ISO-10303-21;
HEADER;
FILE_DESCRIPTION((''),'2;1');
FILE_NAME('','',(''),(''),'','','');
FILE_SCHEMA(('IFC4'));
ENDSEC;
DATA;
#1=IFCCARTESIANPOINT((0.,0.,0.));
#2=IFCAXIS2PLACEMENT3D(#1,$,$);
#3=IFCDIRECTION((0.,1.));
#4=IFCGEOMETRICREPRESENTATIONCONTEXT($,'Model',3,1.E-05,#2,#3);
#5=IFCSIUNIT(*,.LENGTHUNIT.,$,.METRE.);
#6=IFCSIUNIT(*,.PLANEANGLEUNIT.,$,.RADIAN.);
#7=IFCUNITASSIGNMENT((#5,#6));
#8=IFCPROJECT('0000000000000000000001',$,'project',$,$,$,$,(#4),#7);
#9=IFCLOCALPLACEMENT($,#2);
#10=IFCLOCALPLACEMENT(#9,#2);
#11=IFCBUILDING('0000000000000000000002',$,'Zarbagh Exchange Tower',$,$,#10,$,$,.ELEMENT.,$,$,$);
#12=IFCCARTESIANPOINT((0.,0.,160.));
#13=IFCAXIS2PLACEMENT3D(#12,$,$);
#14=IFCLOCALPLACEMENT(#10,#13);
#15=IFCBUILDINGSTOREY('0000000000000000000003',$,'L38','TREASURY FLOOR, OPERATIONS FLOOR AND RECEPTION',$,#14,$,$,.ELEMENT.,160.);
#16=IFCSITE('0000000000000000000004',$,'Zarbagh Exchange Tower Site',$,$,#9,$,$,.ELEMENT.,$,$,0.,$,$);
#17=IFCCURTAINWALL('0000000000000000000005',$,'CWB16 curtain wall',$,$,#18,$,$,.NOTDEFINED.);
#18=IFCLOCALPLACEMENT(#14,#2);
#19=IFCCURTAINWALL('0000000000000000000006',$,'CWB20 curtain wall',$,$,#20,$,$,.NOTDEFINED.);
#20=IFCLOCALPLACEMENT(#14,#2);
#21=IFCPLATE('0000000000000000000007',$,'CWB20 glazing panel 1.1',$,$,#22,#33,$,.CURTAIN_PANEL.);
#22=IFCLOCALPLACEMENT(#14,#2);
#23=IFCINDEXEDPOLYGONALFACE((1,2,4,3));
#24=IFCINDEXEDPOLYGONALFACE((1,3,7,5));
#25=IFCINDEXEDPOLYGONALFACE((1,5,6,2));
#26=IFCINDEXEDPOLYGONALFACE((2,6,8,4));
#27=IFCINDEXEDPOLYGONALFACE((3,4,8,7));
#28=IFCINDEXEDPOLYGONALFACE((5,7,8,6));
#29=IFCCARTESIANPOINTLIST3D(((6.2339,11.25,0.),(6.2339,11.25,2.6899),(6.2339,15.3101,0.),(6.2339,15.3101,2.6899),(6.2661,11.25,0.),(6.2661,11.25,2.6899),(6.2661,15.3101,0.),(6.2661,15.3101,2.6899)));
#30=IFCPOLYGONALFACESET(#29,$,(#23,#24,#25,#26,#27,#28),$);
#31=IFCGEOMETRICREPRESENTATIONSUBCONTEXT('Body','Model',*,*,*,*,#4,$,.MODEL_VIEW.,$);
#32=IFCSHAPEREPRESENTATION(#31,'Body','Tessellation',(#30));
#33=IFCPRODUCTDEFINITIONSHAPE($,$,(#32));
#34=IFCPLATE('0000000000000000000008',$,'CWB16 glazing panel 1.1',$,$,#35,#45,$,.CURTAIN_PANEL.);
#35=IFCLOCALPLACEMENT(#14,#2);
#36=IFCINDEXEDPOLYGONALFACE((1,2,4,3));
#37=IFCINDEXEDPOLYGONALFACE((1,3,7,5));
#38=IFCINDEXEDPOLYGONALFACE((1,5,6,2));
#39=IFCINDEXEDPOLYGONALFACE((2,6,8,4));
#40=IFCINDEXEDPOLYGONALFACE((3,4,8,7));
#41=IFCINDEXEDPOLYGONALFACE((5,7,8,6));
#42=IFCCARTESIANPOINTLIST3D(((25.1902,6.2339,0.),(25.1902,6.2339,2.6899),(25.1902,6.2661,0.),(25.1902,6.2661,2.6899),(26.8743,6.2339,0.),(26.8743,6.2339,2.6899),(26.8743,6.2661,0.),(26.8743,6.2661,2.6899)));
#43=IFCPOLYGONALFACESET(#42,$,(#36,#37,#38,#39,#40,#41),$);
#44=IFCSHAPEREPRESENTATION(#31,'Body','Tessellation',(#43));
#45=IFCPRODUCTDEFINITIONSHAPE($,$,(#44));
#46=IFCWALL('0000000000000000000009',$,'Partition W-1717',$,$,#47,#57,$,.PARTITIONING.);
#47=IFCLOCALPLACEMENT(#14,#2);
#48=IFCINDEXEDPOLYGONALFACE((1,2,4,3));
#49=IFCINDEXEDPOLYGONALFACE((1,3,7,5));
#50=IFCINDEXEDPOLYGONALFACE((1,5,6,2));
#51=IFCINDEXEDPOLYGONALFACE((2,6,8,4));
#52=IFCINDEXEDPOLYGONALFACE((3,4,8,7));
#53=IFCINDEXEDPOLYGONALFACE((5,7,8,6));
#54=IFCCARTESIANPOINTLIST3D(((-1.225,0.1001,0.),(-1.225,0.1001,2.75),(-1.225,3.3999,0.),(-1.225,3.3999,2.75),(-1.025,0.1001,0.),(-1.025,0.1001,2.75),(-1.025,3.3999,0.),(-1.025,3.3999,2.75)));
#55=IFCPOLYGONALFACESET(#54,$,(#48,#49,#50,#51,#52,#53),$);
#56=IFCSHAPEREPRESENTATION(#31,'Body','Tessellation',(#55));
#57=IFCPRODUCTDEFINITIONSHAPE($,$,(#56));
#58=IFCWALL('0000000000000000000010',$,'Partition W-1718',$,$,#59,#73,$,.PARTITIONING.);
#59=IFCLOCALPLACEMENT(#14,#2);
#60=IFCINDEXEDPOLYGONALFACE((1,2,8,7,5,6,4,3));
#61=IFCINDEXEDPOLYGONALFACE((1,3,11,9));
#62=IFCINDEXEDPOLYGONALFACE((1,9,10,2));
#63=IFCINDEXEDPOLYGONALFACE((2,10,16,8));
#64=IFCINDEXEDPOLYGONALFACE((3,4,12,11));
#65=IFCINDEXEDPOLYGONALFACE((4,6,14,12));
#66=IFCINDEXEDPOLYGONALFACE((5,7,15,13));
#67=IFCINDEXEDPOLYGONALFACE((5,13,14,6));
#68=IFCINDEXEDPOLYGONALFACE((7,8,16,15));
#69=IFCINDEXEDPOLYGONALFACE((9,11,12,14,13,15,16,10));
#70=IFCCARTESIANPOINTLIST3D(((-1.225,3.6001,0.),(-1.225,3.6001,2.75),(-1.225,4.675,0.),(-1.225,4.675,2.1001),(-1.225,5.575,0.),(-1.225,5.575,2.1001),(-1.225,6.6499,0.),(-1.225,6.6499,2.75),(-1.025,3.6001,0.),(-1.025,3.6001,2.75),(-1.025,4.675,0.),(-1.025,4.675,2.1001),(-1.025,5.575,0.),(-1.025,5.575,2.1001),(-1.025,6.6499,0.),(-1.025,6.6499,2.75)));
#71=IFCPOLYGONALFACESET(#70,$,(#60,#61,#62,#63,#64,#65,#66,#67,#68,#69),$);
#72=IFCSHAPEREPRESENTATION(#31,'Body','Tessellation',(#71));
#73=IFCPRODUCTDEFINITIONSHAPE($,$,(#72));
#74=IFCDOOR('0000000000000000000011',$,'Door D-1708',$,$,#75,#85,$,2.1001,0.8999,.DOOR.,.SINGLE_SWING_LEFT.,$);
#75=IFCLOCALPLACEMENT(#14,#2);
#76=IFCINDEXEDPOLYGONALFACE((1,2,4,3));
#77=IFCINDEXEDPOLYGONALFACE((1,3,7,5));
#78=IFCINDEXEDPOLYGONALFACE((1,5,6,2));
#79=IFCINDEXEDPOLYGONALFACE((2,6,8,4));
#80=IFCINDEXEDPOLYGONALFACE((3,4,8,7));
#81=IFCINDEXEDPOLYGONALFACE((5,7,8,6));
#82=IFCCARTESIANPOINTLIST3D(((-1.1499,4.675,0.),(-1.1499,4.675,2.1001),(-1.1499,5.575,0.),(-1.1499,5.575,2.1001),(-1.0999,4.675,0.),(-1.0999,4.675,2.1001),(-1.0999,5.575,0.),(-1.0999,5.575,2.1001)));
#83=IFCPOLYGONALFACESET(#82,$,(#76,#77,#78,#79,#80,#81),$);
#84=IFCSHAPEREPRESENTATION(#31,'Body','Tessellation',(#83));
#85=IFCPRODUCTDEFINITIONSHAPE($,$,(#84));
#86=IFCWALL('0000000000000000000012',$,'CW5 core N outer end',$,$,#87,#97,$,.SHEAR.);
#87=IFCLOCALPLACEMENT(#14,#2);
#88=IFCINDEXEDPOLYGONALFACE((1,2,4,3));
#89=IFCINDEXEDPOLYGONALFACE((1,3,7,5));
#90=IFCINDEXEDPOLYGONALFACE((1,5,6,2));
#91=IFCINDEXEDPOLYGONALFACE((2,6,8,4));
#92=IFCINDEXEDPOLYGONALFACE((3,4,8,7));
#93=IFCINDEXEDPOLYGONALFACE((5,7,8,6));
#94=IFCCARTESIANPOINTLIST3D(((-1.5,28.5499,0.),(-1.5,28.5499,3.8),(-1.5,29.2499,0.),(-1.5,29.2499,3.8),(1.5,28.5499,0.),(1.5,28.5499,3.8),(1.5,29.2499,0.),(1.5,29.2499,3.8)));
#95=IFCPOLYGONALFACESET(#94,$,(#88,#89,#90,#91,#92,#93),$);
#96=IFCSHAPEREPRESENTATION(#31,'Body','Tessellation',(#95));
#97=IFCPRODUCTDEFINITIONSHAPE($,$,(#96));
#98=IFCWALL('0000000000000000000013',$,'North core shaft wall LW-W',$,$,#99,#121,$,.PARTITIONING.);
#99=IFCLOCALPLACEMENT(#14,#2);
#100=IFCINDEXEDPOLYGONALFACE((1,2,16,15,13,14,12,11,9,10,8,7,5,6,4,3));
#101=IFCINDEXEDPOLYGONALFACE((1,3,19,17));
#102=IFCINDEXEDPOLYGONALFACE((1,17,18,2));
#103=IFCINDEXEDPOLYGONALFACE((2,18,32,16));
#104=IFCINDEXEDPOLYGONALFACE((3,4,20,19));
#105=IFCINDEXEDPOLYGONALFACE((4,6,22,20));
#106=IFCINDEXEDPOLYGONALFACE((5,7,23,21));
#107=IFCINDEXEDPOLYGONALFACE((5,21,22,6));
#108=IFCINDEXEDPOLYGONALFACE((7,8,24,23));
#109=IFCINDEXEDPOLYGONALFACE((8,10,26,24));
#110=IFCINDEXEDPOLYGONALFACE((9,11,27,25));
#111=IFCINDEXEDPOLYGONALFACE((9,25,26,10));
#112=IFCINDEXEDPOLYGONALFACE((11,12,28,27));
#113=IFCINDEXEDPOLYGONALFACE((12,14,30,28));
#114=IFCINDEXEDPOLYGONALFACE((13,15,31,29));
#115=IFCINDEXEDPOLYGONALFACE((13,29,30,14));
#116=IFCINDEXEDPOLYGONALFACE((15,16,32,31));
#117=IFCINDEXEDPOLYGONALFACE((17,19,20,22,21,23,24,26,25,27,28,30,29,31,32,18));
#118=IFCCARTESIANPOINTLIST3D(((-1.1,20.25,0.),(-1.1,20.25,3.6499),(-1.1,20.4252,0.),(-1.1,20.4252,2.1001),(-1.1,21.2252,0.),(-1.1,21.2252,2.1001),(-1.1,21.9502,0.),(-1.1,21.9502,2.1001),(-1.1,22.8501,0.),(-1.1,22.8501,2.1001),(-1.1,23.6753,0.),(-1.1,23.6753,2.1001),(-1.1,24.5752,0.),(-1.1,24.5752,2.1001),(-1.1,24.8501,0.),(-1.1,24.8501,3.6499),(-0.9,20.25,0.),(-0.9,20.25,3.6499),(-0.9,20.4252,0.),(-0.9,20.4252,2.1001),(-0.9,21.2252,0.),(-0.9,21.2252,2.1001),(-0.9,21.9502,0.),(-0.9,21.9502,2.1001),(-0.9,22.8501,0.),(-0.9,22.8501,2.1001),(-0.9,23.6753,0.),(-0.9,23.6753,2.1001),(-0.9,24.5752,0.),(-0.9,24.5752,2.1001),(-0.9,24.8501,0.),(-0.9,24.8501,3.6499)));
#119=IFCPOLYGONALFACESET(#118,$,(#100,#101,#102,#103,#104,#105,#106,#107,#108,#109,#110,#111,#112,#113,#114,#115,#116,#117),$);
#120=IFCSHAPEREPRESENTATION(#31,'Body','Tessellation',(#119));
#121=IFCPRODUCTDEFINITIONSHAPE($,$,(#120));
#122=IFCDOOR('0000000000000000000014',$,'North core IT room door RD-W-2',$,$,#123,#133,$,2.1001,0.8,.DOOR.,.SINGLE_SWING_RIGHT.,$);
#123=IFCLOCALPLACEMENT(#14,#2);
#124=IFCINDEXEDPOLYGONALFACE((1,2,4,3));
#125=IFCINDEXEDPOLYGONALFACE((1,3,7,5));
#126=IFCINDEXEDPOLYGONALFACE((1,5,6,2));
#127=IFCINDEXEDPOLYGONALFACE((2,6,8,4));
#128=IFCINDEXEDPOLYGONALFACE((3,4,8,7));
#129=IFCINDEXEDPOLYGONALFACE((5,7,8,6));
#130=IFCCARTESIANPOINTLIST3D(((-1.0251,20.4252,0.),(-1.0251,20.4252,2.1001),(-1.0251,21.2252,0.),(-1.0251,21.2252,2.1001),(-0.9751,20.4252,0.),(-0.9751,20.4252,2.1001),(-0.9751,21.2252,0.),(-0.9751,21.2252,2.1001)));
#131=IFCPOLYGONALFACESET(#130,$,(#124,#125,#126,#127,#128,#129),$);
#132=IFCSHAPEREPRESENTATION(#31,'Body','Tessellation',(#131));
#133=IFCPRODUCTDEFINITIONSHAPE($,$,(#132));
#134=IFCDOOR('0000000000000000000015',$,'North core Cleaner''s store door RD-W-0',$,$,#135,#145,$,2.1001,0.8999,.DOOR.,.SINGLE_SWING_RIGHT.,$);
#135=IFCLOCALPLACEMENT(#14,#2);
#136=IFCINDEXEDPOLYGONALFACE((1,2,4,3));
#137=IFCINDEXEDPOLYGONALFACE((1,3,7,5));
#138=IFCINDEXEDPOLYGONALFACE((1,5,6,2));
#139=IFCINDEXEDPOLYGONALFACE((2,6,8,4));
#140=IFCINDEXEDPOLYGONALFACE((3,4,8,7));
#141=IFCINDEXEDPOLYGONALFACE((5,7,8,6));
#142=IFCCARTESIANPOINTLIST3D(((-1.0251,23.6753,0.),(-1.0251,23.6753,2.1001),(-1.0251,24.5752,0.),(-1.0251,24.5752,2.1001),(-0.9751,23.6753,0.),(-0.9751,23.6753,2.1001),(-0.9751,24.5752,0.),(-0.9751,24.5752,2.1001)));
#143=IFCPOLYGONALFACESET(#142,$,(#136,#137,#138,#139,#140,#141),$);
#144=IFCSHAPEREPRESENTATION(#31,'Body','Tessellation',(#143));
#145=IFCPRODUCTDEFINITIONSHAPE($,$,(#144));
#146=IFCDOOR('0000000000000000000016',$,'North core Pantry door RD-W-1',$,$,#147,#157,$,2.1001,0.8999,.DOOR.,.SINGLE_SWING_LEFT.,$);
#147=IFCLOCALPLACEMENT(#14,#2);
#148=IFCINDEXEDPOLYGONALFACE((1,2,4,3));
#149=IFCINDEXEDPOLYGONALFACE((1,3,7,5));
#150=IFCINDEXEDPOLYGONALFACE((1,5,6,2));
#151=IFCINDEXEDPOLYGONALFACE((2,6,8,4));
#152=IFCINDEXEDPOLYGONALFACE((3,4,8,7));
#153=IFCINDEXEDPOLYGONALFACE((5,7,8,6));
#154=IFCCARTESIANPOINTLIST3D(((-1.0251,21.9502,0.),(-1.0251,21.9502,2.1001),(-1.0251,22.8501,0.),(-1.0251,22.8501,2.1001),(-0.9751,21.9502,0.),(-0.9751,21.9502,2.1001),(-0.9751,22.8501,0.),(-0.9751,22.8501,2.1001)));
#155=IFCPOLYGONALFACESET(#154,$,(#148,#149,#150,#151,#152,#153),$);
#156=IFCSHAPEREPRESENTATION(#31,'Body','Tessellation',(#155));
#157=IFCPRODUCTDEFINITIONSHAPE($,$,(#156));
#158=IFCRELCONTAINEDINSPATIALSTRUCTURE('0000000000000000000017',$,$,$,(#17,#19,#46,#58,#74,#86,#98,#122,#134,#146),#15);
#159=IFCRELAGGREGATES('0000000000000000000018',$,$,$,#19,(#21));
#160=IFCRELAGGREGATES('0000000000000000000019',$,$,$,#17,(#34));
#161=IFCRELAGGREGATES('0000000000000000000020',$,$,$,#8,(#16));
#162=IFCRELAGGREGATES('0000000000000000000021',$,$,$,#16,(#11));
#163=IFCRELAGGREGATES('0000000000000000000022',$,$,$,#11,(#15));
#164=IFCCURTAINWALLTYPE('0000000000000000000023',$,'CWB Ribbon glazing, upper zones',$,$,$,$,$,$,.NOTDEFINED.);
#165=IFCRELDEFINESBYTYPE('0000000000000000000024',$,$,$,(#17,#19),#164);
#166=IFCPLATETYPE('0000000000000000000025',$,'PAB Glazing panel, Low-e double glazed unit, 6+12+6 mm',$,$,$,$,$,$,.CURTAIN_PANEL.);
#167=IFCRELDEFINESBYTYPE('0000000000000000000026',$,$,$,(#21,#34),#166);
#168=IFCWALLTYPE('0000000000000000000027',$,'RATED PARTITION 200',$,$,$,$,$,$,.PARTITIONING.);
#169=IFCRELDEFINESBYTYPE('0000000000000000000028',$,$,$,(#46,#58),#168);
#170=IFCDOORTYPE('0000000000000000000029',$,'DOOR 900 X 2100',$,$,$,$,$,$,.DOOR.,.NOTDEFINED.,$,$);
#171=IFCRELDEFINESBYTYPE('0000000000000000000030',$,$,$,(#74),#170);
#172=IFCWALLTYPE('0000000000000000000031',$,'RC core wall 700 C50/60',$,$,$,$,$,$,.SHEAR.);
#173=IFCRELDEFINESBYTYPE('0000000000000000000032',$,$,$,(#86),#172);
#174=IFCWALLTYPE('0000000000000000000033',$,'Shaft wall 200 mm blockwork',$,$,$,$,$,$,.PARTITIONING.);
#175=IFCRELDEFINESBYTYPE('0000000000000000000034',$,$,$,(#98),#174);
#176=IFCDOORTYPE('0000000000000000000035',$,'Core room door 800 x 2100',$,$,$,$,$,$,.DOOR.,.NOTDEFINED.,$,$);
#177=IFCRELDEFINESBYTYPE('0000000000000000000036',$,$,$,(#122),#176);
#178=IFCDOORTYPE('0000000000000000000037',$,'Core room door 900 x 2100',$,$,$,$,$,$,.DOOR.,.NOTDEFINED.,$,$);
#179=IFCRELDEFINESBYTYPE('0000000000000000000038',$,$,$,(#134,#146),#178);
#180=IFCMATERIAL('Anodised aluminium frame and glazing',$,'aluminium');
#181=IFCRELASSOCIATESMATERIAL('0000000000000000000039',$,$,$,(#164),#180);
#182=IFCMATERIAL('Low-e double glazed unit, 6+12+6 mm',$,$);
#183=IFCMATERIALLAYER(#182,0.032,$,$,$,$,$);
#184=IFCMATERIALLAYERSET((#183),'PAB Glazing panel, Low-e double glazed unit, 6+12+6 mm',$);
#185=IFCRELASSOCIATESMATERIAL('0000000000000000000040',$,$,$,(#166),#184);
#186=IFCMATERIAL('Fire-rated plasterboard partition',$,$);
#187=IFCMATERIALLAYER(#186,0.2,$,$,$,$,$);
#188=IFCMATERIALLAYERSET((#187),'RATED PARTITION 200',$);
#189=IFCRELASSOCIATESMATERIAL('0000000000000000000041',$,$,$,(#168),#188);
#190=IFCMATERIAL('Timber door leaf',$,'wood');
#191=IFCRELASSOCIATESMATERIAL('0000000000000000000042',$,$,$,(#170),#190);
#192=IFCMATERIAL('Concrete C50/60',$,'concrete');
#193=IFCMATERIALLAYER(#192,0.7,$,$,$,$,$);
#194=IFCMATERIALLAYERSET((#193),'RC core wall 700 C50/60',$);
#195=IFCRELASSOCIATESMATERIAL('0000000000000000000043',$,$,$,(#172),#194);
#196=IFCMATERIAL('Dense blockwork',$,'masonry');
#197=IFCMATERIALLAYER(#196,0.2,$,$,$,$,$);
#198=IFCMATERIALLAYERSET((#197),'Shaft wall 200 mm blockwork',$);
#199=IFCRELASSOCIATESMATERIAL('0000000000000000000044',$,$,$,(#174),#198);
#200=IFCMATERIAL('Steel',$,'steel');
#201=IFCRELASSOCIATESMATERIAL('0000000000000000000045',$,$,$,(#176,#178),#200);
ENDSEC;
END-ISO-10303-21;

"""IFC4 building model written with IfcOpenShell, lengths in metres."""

from ifc_helpers import new_model, si_unit, direction, frame, frame_2d, origin, place, context, subcontext, project, spatial, polyline, rectangle, outline, extrude, source, transform, mapped, material, layer, layer_set, type_object, element, fill, aggregate, save


model = new_model("IFC4")

# Units and contexts
model_context = context("Model", 3, precision=1e-05, world=origin(), true_north=direction((0.0, 1.0)))
body_context = subcontext(model_context, "Body", "Model", "MODEL_VIEW")
ifc_project = project(units=[si_unit("LENGTHUNIT", "METRE"), si_unit("PLANEANGLEUNIT", "RADIAN")], contexts=[model_context])

# Site, building, storey
site_placement = place(None, origin())
site = spatial("IfcSite", under=ifc_project, at=site_placement, Name="Zarbagh Exchange Tower Site", CompositionType="ELEMENT", RefElevation=0.0)
building_placement = place(site_placement, origin())
building = spatial("IfcBuilding", under=site, at=building_placement, Name="Zarbagh Exchange Tower", CompositionType="ELEMENT")
storey_placement = place(building_placement, frame((0.0, 0.0, 160.0)))
storey = spatial("IfcBuildingStorey", under=building, at=storey_placement, Name="L38", Description="TREASURY FLOOR, OPERATIONS FLOOR AND RECEPTION", CompositionType="ELEMENT", Elevation=160.0)

# Curtain wall
ifc_material_1 = material(Name="Anodised aluminium frame and glazing", Category="aluminium")
curtain_wall_type = type_object("IfcCurtainWallType", Name="CWB Ribbon glazing, upper zones", PredefinedType="NOTDEFINED", material=ifc_material_1)
curtain_wall_1_placement = place(storey_placement, origin())
curtain_wall_1 = element("IfcCurtainWall", 1, at=curtain_wall_1_placement, inside=storey, type_object=curtain_wall_type, Name="CWB16 curtain wall", PredefinedType="NOTDEFINED")
placement = place(storey_placement, origin())

# Curtain wall
curtain_wall_2_placement = place(storey_placement, origin())
curtain_wall_2 = element("IfcCurtainWall", 2, at=curtain_wall_2_placement, inside=storey, type_object=curtain_wall_type, Name="CWB20 curtain wall", PredefinedType="NOTDEFINED")

# Shared definitions
ifc_material_2 = material(Name="Low-e double glazed unit, 6+12+6 mm")
ifc_layer_1 = layer(ifc_material_2, 0.032)
ifc_layer_set_1 = layer_set([ifc_layer_1], Name="PAB Glazing panel, Low-e double glazed unit, 6+12+6 mm")
plate_type = type_object("IfcPlateType", Name="PAB Glazing panel, Low-e double glazed unit, 6+12+6 mm", PredefinedType="CURTAIN_PANEL", material=ifc_layer_set_1)

# Plates
shared_shape_1 = source(origin(), body_context, "Body", "SweptSolid", [
    extrude(outline(polyline([(0.0, -0.0161), (4.0601, -0.0161), (4.0601, 0.0161), (0.0, 0.0161), (0.0, -0.0161)])), origin(), (0.0, 0.0, 1.0), 2.6899),
])
plate_1 = element("IfcPlate", 3, at=placement, type_object=plate_type, Name="CWB20 glazing panel 1.1", PredefinedType="CURTAIN_PANEL", context=body_context, shape_type="MappedRepresentation", body=[
    mapped(shared_shape_1, transform((6.25, 11.25, 0.0), x_axis=(0.0, 1.0, 0.0), y_axis=(-1.0, 0.0, 0.0), z_axis=(0.0, 0.0, 1.0))),
])
aggregate(curtain_wall_2, [plate_1])
shared_shape_2 = source(origin(), body_context, "Body", "SweptSolid", [
    extrude(outline(polyline([(0.0, -0.0161), (1.6841, -0.0161), (1.6841, 0.0161), (0.0, 0.0161), (0.0, -0.0161)])), origin(), (0.0, 0.0, 1.0), 2.6899),
])
plate_2 = element("IfcPlate", 4, at=placement, type_object=plate_type, Name="CWB16 glazing panel 1.1", PredefinedType="CURTAIN_PANEL", context=body_context, shape_type="MappedRepresentation", body=[
    mapped(shared_shape_2, transform((26.8743, 6.25, 0.0), x_axis=(-1.0, 0.0, 0.0), y_axis=(0.0, -1.0, 0.0), z_axis=(0.0, 0.0, 1.0))),
])
aggregate(curtain_wall_1, [plate_2])

# Wall
ifc_material_3 = material(Name="Fire-rated plasterboard partition")
ifc_layer_2 = layer(ifc_material_3, 0.2)
ifc_layer_set_2 = layer_set([ifc_layer_2], Name="RATED PARTITION 200")
wall_type_1 = type_object("IfcWallType", Name="RATED PARTITION 200", PredefinedType="PARTITIONING", material=ifc_layer_set_2)
wall_1_placement = place(storey_placement, frame((-1.125, 0.1001, 0.0), z_axis=(0.0, 0.0, 1.0), x_axis=(0.0, 1.0, 0.0)))
element("IfcWall", 5, at=wall_1_placement, inside=storey, type_object=wall_type_1, Name="Partition W-1717", PredefinedType="PARTITIONING", context=body_context, shape_type="SweptSolid", body=[
    extrude(rectangle(XDim=3.2998, YDim=0.2, at=frame_2d((1.6499, 0.0))), origin(), (0.0, 0.0, 1.0), 2.75),
])

# Wall, opening, door
wall_2_placement = place(storey_placement, frame((-1.125, 3.6001, 0.0), z_axis=(0.0, 0.0, 1.0), x_axis=(0.0, 1.0, 0.0)))
wall_2 = element("IfcWall", 6, at=wall_2_placement, inside=storey, type_object=wall_type_1, Name="Partition W-1718", PredefinedType="PARTITIONING", context=body_context, shape_type="SweptSolid", body=[
    extrude(rectangle(XDim=3.0498, YDim=0.2, at=frame_2d((1.5249, 0.0))), origin(), (0.0, 0.0, 1.0), 2.75),
])
opening_1_placement = place(wall_2_placement, frame((1.075, 0.0, 0.0)))
opening_1 = element("IfcOpeningElement", 7, at=opening_1_placement, cuts=wall_2, PredefinedType="OPENING", context=body_context, shape_type="SweptSolid", body=[
    extrude(rectangle(XDim=0.8999, YDim=2.1001, at=frame_2d((0.45, 1.05))), frame((0.0, 0.1099, 0.0), z_axis=(0.0, -1.0, 0.0), x_axis=(1.0, 0.0, 0.0)), (0.0, 0.0, 1.0), 0.22),
])
ifc_material_4 = material(Name="Timber door leaf", Category="wood")
door_type_1 = type_object("IfcDoorType", Name="DOOR 900 X 2100", OperationType="NOTDEFINED", PredefinedType="DOOR", material=ifc_material_4)
door_1_placement = place(opening_1_placement, origin())
door_1 = element("IfcDoor", 8, at=door_1_placement, inside=storey, type_object=door_type_1, Name="Door D-1708", OperationType="SINGLE_SWING_LEFT", OverallHeight=2.1001, OverallWidth=0.8999, PredefinedType="DOOR", context=body_context, shape_type="SweptSolid", body=[
    extrude(rectangle(XDim=0.8999, YDim=2.1001, at=frame_2d((0.45, 1.05))), frame((0.0, 0.0249, 0.0), z_axis=(0.0, -1.0, 0.0), x_axis=(1.0, 0.0, 0.0)), (0.0, 0.0, 1.0), 0.05),
])
fill(opening_1, door_1)

# Wall
ifc_material_5 = material(Name="Concrete C50/60", Category="concrete")
ifc_layer_3 = layer(ifc_material_5, 0.7)
ifc_layer_set_3 = layer_set([ifc_layer_3], Name="RC core wall 700 C50/60")
wall_type_2 = type_object("IfcWallType", Name="RC core wall 700 C50/60", PredefinedType="SHEAR", material=ifc_layer_set_3)
wall_3_placement = place(storey_placement, frame((-1.5, 28.8999, 0.0), z_axis=(0.0, 0.0, 1.0), x_axis=(1.0, 0.0, 0.0)))
element("IfcWall", 9, at=wall_3_placement, inside=storey, type_object=wall_type_2, Name="CW5 core N outer end", PredefinedType="SHEAR", context=body_context, shape_type="SweptSolid", body=[
    extrude(rectangle(XDim=3.0, YDim=0.7, at=frame_2d((1.5, 0.0))), origin(), (0.0, 0.0, 1.0), 3.8),
])

# Wall, openings, doors
ifc_material_6 = material(Name="Dense blockwork", Category="masonry")
ifc_layer_4 = layer(ifc_material_6, 0.2)
ifc_layer_set_4 = layer_set([ifc_layer_4], Name="Shaft wall 200 mm blockwork")
wall_type_3 = type_object("IfcWallType", Name="Shaft wall 200 mm blockwork", PredefinedType="PARTITIONING", material=ifc_layer_set_4)
wall_4_placement = place(storey_placement, frame((-1.0, 24.8501, 0.0), z_axis=(0.0, 0.0, 1.0), x_axis=(0.0, -1.0, 0.0)))
wall_4 = element("IfcWall", 10, at=wall_4_placement, inside=storey, type_object=wall_type_3, Name="North core shaft wall LW-W", PredefinedType="PARTITIONING", context=body_context, shape_type="SweptSolid", body=[
    extrude(rectangle(XDim=4.6001, YDim=0.2, at=frame_2d((2.3, 0.0))), origin(), (0.0, 0.0, 1.0), 3.6499),
])
opening_2_placement = place(wall_4_placement, frame((0.2749, 0.0, 0.0)))
opening_2 = element("IfcOpeningElement", 11, at=opening_2_placement, cuts=wall_4, PredefinedType="OPENING", context=body_context, shape_type="SweptSolid", body=[
    extrude(rectangle(XDim=0.8999, YDim=2.1001, at=frame_2d((0.45, 1.05))), frame((0.0, 0.1099, 0.0), z_axis=(0.0, -1.0, 0.0), x_axis=(1.0, 0.0, 0.0)), (0.0, 0.0, 1.0), 0.22),
])
opening_3_placement = place(wall_4_placement, frame((2.0, 0.0, 0.0)))
opening_3 = element("IfcOpeningElement", 12, at=opening_3_placement, cuts=wall_4, PredefinedType="OPENING", context=body_context, shape_type="SweptSolid", body=[
    extrude(rectangle(XDim=0.8999, YDim=2.1001, at=frame_2d((0.45, 1.05))), frame((0.0, 0.1099, 0.0), z_axis=(0.0, -1.0, 0.0), x_axis=(1.0, 0.0, 0.0)), (0.0, 0.0, 1.0), 0.22),
])
opening_4_placement = place(wall_4_placement, frame((3.625, 0.0, 0.0)))
opening_4 = element("IfcOpeningElement", 13, at=opening_4_placement, cuts=wall_4, PredefinedType="OPENING", context=body_context, shape_type="SweptSolid", body=[
    extrude(rectangle(XDim=0.8, YDim=2.1001, at=frame_2d((0.3999, 1.05))), frame((0.0, 0.1099, 0.0), z_axis=(0.0, -1.0, 0.0), x_axis=(1.0, 0.0, 0.0)), (0.0, 0.0, 1.0), 0.22),
])
ifc_material_7 = material(Name="Steel", Category="steel")
door_type_2 = type_object("IfcDoorType", Name="Core room door 800 x 2100", OperationType="NOTDEFINED", PredefinedType="DOOR", material=ifc_material_7)
door_2_placement = place(opening_4_placement, origin())
door_2 = element("IfcDoor", 14, at=door_2_placement, inside=storey, type_object=door_type_2, Name="North core IT room door RD-W-2", OperationType="SINGLE_SWING_RIGHT", OverallHeight=2.1001, OverallWidth=0.8, PredefinedType="DOOR", context=body_context, shape_type="SweptSolid", body=[
    extrude(rectangle(XDim=0.8, YDim=2.1001, at=frame_2d((0.3999, 1.05))), frame((0.0, 0.0249, 0.0), z_axis=(0.0, -1.0, 0.0), x_axis=(1.0, 0.0, 0.0)), (0.0, 0.0, 1.0), 0.05),
])
fill(opening_4, door_2)
door_type_3 = type_object("IfcDoorType", Name="Core room door 900 x 2100", OperationType="NOTDEFINED", PredefinedType="DOOR", material=ifc_material_7)
door_3_placement = place(opening_2_placement, origin())
door_3 = element("IfcDoor", 15, at=door_3_placement, inside=storey, type_object=door_type_3, Name="North core Cleaner's store door RD-W-0", OperationType="SINGLE_SWING_RIGHT", OverallHeight=2.1001, OverallWidth=0.8999, PredefinedType="DOOR", context=body_context, shape_type="SweptSolid", body=[
    extrude(rectangle(XDim=0.8999, YDim=2.1001, at=frame_2d((0.45, 1.05))), frame((0.0, 0.0249, 0.0), z_axis=(0.0, -1.0, 0.0), x_axis=(1.0, 0.0, 0.0)), (0.0, 0.0, 1.0), 0.05),
])
fill(opening_2, door_3)
door_4_placement = place(opening_3_placement, origin())
door_4 = element("IfcDoor", 16, at=door_4_placement, inside=storey, type_object=door_type_3, Name="North core Pantry door RD-W-1", OperationType="SINGLE_SWING_LEFT", OverallHeight=2.1001, OverallWidth=0.8999, PredefinedType="DOOR", context=body_context, shape_type="SweptSolid", body=[
    extrude(rectangle(XDim=0.8999, YDim=2.1001, at=frame_2d((0.45, 1.05))), frame((0.0, 0.0249, 0.0), z_axis=(0.0, -1.0, 0.0), x_axis=(1.0, 0.0, 0.0)), (0.0, 0.0, 1.0), 0.05),
])
fill(opening_3, door_4)

save(model, "model.ifc")
